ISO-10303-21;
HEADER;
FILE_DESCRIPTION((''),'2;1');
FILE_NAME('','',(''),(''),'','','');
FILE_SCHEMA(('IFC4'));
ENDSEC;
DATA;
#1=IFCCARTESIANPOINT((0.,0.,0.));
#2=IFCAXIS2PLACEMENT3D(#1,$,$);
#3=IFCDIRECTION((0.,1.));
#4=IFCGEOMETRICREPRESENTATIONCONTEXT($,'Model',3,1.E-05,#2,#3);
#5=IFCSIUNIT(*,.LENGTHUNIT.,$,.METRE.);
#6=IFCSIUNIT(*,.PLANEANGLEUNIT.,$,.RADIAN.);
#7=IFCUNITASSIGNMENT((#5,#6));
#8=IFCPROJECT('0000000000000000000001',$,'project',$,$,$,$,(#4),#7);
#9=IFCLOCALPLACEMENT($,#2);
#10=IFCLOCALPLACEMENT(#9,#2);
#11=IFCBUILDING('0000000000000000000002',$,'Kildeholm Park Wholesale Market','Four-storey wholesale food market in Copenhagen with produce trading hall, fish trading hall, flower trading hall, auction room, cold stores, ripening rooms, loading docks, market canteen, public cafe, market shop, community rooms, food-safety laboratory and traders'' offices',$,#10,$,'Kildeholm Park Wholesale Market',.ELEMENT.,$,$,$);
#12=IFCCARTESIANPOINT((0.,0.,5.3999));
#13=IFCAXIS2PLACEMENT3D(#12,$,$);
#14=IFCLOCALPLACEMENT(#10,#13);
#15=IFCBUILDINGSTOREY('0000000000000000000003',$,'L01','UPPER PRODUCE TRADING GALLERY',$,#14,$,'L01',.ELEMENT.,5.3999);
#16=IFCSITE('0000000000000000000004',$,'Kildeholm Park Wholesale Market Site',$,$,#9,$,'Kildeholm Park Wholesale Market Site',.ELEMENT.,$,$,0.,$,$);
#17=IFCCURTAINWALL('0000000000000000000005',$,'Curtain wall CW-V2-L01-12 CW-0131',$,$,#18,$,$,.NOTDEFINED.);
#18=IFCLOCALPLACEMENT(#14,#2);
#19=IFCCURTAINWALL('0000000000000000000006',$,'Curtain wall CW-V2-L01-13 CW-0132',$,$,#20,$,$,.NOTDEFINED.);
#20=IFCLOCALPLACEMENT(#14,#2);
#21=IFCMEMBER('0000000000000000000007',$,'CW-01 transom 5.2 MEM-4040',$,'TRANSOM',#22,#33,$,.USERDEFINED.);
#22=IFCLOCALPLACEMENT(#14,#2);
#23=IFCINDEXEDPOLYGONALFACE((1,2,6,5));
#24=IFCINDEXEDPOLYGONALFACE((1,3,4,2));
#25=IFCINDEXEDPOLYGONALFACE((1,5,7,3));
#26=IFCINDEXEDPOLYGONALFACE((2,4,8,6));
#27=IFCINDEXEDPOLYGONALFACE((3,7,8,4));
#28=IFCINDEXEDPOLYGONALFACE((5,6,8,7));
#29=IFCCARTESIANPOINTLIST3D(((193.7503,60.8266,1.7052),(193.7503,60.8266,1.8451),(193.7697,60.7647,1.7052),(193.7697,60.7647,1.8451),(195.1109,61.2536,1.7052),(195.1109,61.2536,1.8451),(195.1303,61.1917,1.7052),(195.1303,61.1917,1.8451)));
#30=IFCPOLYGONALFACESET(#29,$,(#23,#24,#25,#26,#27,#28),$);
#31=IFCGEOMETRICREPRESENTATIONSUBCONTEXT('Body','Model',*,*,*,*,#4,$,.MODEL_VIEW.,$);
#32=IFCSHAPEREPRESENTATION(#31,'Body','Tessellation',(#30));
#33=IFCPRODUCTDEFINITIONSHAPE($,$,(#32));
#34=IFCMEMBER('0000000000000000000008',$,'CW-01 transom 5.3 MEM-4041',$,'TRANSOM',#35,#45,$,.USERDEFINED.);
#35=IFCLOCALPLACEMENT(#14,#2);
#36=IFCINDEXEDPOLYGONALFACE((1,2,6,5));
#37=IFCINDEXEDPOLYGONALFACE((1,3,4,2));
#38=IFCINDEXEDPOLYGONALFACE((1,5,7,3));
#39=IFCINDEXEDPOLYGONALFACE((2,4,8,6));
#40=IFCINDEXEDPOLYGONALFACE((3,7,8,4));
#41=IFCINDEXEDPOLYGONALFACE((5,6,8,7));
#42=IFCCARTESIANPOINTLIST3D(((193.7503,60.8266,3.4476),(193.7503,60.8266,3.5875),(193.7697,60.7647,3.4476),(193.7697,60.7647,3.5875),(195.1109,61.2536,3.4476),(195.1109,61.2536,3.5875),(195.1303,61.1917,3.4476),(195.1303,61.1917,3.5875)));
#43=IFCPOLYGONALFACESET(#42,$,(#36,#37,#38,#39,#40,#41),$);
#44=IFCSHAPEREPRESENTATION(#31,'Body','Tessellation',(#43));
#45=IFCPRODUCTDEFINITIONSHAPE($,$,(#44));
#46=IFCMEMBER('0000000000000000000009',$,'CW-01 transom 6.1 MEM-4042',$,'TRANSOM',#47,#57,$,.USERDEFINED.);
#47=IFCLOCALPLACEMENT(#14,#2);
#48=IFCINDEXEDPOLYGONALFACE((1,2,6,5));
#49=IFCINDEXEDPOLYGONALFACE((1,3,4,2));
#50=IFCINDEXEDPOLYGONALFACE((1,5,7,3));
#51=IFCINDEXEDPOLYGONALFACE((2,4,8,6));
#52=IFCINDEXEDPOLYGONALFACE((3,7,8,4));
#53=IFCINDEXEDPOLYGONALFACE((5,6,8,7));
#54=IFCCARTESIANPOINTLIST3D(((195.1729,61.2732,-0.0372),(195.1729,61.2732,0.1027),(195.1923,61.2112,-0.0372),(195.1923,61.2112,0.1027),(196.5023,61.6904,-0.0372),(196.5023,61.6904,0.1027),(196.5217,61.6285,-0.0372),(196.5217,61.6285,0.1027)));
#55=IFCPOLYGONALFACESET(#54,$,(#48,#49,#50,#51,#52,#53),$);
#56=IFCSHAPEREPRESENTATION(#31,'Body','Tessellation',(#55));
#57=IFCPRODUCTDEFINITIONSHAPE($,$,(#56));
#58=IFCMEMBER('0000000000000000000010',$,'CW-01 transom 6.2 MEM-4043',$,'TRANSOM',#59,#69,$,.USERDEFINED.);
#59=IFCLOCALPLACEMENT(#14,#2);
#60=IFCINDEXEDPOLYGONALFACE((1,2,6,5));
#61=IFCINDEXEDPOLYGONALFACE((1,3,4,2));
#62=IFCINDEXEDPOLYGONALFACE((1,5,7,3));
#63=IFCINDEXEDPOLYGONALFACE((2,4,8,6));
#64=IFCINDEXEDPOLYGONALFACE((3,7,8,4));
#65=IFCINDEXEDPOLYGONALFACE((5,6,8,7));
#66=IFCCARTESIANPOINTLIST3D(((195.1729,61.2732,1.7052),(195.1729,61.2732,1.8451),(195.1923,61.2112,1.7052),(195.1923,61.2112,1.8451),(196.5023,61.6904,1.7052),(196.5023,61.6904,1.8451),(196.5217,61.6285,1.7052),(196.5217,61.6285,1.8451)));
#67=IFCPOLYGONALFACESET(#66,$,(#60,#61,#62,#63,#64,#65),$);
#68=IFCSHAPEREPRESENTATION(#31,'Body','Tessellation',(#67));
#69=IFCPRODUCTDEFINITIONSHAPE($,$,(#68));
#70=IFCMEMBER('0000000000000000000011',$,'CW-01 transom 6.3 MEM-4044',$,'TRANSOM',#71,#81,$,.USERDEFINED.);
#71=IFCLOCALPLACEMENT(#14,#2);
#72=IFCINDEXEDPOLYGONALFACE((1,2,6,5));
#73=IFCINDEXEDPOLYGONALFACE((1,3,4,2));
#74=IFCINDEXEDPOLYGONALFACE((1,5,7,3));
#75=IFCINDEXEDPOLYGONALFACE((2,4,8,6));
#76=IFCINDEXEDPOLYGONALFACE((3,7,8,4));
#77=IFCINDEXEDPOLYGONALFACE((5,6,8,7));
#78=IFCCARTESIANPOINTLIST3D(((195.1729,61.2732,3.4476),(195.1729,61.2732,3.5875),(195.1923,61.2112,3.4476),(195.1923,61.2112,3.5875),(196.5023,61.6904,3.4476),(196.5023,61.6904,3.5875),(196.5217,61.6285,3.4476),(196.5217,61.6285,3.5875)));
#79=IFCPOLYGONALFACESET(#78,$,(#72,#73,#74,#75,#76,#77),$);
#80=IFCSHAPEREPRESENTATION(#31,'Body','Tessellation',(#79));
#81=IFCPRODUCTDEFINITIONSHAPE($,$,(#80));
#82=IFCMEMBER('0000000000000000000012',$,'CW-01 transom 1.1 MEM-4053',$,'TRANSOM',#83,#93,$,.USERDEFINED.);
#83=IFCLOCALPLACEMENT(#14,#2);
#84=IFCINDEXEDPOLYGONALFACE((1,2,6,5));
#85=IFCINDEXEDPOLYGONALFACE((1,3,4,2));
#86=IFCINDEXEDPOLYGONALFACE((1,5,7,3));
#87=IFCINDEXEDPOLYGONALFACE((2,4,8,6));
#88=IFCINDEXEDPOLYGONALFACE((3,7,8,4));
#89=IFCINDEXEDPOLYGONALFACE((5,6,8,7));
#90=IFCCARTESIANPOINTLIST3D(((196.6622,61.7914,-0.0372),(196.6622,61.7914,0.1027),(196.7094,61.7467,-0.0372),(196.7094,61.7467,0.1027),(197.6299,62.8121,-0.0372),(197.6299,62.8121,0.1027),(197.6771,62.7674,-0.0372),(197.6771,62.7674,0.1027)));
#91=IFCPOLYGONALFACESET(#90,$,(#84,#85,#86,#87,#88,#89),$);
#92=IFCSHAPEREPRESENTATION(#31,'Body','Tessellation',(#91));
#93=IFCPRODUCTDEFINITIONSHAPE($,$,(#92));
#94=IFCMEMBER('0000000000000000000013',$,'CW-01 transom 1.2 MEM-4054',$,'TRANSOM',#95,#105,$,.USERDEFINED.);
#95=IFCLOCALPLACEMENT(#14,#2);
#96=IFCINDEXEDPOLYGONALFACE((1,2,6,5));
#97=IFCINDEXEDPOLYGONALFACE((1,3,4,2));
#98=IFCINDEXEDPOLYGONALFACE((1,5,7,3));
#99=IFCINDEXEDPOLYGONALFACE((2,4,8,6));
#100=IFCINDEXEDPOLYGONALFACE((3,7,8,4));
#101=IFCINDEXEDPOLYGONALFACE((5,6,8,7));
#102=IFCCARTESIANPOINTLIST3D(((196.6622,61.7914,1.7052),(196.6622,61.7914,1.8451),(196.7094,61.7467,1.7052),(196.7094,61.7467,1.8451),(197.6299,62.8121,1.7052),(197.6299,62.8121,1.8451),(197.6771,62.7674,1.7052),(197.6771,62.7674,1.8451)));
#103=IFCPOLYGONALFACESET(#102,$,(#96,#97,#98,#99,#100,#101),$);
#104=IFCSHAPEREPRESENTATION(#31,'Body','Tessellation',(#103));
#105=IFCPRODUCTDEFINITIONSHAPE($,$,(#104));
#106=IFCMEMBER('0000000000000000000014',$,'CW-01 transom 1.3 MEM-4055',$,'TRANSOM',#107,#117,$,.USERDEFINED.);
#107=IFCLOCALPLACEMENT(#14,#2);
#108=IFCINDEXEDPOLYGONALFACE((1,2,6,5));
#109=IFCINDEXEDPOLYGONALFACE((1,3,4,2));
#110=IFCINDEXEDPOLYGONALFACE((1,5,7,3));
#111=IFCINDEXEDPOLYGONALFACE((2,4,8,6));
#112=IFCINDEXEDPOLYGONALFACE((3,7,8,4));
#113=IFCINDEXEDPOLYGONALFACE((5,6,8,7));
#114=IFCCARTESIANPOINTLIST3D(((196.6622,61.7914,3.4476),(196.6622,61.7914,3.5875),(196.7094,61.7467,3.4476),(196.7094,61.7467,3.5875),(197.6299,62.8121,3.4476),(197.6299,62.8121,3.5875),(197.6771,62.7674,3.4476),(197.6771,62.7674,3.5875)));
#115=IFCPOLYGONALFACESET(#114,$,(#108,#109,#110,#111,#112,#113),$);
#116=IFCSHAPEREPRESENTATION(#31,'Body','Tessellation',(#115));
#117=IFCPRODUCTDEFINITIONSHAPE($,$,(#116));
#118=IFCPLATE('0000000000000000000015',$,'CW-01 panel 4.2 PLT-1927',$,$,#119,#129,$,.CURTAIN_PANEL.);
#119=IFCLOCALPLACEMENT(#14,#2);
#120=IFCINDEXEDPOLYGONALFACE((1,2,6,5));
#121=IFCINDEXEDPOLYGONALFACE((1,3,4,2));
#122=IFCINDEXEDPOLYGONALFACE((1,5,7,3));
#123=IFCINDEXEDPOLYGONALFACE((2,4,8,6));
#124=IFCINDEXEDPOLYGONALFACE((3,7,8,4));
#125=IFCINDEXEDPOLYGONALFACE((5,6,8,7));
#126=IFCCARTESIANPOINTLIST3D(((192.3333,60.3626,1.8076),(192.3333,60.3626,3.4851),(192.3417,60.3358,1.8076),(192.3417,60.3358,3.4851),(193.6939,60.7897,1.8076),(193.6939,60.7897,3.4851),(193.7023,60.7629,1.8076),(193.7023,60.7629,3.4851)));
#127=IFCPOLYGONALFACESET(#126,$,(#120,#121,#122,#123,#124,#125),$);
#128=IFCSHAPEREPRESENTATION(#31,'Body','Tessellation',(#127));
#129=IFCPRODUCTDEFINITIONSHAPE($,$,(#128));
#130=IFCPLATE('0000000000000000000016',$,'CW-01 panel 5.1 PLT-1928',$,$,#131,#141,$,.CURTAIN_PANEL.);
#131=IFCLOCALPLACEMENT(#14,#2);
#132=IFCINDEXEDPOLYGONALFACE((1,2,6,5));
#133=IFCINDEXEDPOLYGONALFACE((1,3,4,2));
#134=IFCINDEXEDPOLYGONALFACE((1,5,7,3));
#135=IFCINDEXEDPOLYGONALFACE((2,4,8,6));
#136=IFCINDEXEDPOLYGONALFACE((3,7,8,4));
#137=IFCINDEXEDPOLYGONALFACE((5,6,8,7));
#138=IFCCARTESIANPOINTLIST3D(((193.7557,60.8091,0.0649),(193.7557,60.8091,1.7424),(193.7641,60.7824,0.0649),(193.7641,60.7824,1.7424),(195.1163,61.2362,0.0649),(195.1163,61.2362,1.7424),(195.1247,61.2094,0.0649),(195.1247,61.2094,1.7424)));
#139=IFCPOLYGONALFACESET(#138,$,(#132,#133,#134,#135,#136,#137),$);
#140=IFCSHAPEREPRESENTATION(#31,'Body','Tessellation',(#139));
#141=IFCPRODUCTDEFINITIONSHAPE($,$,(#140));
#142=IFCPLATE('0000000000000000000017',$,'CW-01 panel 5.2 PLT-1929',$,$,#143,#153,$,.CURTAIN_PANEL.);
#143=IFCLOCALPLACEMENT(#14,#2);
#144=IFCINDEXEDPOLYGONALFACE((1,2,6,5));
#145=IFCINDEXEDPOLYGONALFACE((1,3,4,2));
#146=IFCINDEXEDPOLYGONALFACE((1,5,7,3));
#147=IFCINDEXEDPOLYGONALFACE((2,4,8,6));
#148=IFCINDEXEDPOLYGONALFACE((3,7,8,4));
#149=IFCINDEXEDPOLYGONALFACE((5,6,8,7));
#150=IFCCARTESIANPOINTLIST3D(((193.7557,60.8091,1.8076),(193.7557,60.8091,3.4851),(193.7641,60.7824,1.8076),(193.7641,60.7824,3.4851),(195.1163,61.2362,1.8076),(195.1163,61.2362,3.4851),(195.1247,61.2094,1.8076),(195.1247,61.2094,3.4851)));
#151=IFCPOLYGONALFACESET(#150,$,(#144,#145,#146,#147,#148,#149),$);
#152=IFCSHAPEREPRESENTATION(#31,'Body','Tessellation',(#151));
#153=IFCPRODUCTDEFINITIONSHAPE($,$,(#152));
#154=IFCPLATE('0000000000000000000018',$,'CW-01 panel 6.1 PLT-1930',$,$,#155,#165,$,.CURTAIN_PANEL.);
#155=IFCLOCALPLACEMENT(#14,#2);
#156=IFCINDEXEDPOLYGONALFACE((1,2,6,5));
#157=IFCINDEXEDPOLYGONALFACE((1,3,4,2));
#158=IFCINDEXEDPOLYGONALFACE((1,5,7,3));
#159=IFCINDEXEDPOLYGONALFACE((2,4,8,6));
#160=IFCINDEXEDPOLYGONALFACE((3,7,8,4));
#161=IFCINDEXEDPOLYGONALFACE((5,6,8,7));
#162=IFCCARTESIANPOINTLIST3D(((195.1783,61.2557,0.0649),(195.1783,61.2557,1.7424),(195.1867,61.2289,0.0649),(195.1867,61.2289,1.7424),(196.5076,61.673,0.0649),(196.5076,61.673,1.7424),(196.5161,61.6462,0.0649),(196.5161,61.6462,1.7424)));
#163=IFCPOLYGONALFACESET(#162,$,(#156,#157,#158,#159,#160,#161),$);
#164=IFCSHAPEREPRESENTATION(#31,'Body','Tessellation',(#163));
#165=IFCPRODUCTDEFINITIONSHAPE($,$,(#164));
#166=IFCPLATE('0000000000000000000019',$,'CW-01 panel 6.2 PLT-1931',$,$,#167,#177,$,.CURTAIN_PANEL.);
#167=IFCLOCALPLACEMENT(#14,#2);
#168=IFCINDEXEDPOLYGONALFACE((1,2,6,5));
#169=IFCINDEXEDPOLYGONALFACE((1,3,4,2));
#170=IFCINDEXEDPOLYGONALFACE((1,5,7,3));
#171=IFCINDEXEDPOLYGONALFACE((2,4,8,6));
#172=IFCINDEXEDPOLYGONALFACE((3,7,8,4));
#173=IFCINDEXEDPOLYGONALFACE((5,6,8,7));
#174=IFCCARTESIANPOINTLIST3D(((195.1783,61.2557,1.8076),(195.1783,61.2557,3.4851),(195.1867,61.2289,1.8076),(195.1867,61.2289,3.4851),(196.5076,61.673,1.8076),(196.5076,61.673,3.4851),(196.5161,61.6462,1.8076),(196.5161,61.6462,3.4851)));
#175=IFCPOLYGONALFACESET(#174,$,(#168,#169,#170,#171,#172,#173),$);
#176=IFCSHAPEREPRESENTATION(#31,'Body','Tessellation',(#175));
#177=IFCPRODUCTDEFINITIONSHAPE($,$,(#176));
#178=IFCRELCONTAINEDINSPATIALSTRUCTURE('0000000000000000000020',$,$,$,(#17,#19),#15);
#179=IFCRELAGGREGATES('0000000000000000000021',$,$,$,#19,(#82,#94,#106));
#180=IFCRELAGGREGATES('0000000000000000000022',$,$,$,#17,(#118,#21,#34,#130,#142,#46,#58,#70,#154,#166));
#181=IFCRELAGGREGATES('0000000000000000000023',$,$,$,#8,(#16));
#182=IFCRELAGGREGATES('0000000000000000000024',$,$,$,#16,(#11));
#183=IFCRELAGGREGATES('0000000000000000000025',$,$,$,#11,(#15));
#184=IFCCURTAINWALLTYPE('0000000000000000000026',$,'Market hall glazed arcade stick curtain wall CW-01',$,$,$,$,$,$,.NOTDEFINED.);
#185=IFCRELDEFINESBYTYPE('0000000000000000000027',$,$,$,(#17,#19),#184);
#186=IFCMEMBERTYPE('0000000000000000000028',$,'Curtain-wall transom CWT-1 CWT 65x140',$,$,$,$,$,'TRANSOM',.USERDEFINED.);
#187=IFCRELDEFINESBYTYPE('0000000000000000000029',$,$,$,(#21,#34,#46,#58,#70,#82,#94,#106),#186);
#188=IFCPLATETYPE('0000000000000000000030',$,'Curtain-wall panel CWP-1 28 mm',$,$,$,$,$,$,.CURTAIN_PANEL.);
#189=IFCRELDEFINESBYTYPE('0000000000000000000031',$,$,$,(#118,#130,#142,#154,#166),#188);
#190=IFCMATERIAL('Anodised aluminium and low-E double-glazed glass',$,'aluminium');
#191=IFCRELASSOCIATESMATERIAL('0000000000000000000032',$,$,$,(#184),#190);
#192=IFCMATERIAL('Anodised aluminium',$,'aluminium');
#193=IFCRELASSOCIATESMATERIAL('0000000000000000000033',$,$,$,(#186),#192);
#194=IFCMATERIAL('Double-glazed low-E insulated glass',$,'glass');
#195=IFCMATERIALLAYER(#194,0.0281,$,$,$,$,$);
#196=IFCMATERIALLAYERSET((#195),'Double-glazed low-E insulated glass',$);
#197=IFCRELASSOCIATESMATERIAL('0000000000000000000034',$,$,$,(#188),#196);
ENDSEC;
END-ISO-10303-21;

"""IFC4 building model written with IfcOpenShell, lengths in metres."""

from ifc_helpers import new_model, si_unit, direction, frame, origin, origin_2d, place, context, subcontext, project, spatial, rectangle, extrude, material, layer, layer_set, material_profile, profile_set, type_object, element, aggregate, save


model = new_model("IFC4")

# Units and contexts
model_context = context("Model", 3, precision=1e-05, world=origin(), true_north=direction((0.0, 1.0)))
body_context = subcontext(model_context, "Body", "Model", "MODEL_VIEW")
ifc_project = project(units=[si_unit("LENGTHUNIT", "METRE"), si_unit("PLANEANGLEUNIT", "RADIAN")], contexts=[model_context])

# Site, building, storey
site_placement = place(None, origin())
site = spatial("IfcSite", under=ifc_project, at=site_placement, Name="Kildeholm Park Wholesale Market Site", LongName="Kildeholm Park Wholesale Market Site", CompositionType="ELEMENT", RefElevation=0.0)
building_placement = place(site_placement, origin())
building = spatial("IfcBuilding", under=site, at=building_placement, Name="Kildeholm Park Wholesale Market", Description="Four-storey wholesale food market in Copenhagen with produce trading hall, fish trading hall, flower trading hall, auction room, cold stores, ripening rooms, loading docks, market canteen, public cafe, market shop, community rooms, food-safety laboratory and traders' offices", LongName="Kildeholm Park Wholesale Market", CompositionType="ELEMENT")
storey_placement = place(building_placement, frame((0.0, 0.0, 5.3999)))
storey = spatial("IfcBuildingStorey", under=building, at=storey_placement, Name="L01", Description="UPPER PRODUCE TRADING GALLERY", LongName="L01", CompositionType="ELEMENT", Elevation=5.3999)

# Curtain wall
ifc_material_1 = material(Name="Anodised aluminium and low-E double-glazed glass", Category="aluminium")
curtain_wall_type = type_object("IfcCurtainWallType", Name="Market hall glazed arcade stick curtain wall CW-01", PredefinedType="NOTDEFINED", material=ifc_material_1)
curtain_wall_1_placement = place(storey_placement, origin())
curtain_wall_1 = element("IfcCurtainWall", 1, at=curtain_wall_1_placement, inside=storey, type_object=curtain_wall_type, Name="Curtain wall CW-V2-L01-12 CW-0131", PredefinedType="NOTDEFINED")
ifc_material_2 = material(Name="Anodised aluminium", Category="aluminium")

# Curtain wall
curtain_wall_2_placement = place(storey_placement, origin())
curtain_wall_2 = element("IfcCurtainWall", 2, at=curtain_wall_2_placement, inside=storey, type_object=curtain_wall_type, Name="Curtain wall CW-V2-L01-13 CW-0132", PredefinedType="NOTDEFINED")

# Members
ifc_material_profile_1 = material_profile(ifc_material_2, rectangle(XDim=0.0649, YDim=0.1399, at=origin_2d()), Name="CWT 65x140")
ifc_profile_set_1 = profile_set([ifc_material_profile_1], Name="Anodised aluminium")
member_type_1 = type_object("IfcMemberType", Name="Curtain-wall transom CWT-1 CWT 65x140", ElementType="TRANSOM", PredefinedType="USERDEFINED", material=ifc_profile_set_1)
member_1_placement = place(storey_placement, frame((193.76, 60.7957, 1.7751), z_axis=(0.954117, 0.299435, 0.0), x_axis=(-0.299435, 0.954117, 0.0)))
member_1 = element("IfcMember", 3, at=member_1_placement, type_object=member_type_1, Name="CW-01 transom 5.2 MEM-4040", ObjectType="TRANSOM", PredefinedType="USERDEFINED", context=body_context, shape_type="SweptSolid", body=[
    extrude(rectangle(XDim=0.0649, YDim=0.1399, at=origin_2d()), origin(), (0.0, 0.0, 1.0), 1.426),
])
member_2_placement = place(storey_placement, frame((193.76, 60.7957, 3.5176), z_axis=(0.954117, 0.299435, 0.0), x_axis=(-0.299435, 0.954117, 0.0)))
member_2 = element("IfcMember", 4, at=member_2_placement, type_object=member_type_1, Name="CW-01 transom 5.3 MEM-4041", ObjectType="TRANSOM", PredefinedType="USERDEFINED", context=body_context, shape_type="SweptSolid", body=[
    extrude(rectangle(XDim=0.0649, YDim=0.1399, at=origin_2d()), origin(), (0.0, 0.0, 1.0), 1.426),
])
member_3_placement = place(storey_placement, frame((195.1826, 61.2422, 0.0327), z_axis=(0.954108, 0.299462, 0.0), x_axis=(-0.299462, 0.954108, 0.0)))
member_3 = element("IfcMember", 5, at=member_3_placement, type_object=member_type_1, Name="CW-01 transom 6.1 MEM-4042", ObjectType="TRANSOM", PredefinedType="USERDEFINED", context=body_context, shape_type="SweptSolid", body=[
    extrude(rectangle(XDim=0.0649, YDim=0.1399, at=origin_2d()), origin(), (0.0, 0.0, 1.0), 1.3933),
])
member_4_placement = place(storey_placement, frame((195.1826, 61.2422, 1.7751), z_axis=(0.954108, 0.299462, 0.0), x_axis=(-0.299462, 0.954108, 0.0)))
member_4 = element("IfcMember", 6, at=member_4_placement, type_object=member_type_1, Name="CW-01 transom 6.2 MEM-4043", ObjectType="TRANSOM", PredefinedType="USERDEFINED", context=body_context, shape_type="SweptSolid", body=[
    extrude(rectangle(XDim=0.0649, YDim=0.1399, at=origin_2d()), origin(), (0.0, 0.0, 1.0), 1.3933),
])
member_5_placement = place(storey_placement, frame((195.1826, 61.2422, 3.5176), z_axis=(0.954108, 0.299462, 0.0), x_axis=(-0.299462, 0.954108, 0.0)))
member_5 = element("IfcMember", 7, at=member_5_placement, type_object=member_type_1, Name="CW-01 transom 6.3 MEM-4044", ObjectType="TRANSOM", PredefinedType="USERDEFINED", context=body_context, shape_type="SweptSolid", body=[
    extrude(rectangle(XDim=0.0649, YDim=0.1399, at=origin_2d()), origin(), (0.0, 0.0, 1.0), 1.3933),
])
member_6_placement = place(storey_placement, frame((196.6858, 61.769, 0.0327), z_axis=(0.688024, 0.725688, 0.0), x_axis=(-0.725688, 0.688024, 0.0)))
member_6 = element("IfcMember", 8, at=member_6_placement, type_object=member_type_1, Name="CW-01 transom 1.1 MEM-4053", ObjectType="TRANSOM", PredefinedType="USERDEFINED", context=body_context, shape_type="SweptSolid", body=[
    extrude(rectangle(XDim=0.0649, YDim=0.1399, at=origin_2d()), origin(), (0.0, 0.0, 1.0), 1.4065),
])
member_7_placement = place(storey_placement, frame((196.6858, 61.769, 1.7751), z_axis=(0.688024, 0.725688, 0.0), x_axis=(-0.725688, 0.688024, 0.0)))
member_7 = element("IfcMember", 9, at=member_7_placement, type_object=member_type_1, Name="CW-01 transom 1.2 MEM-4054", ObjectType="TRANSOM", PredefinedType="USERDEFINED", context=body_context, shape_type="SweptSolid", body=[
    extrude(rectangle(XDim=0.0649, YDim=0.1399, at=origin_2d()), origin(), (0.0, 0.0, 1.0), 1.4065),
])
member_8_placement = place(storey_placement, frame((196.6858, 61.769, 3.5176), z_axis=(0.688024, 0.725688, 0.0), x_axis=(-0.725688, 0.688024, 0.0)))
member_8 = element("IfcMember", 10, at=member_8_placement, type_object=member_type_1, Name="CW-01 transom 1.3 MEM-4055", ObjectType="TRANSOM", PredefinedType="USERDEFINED", context=body_context, shape_type="SweptSolid", body=[
    extrude(rectangle(XDim=0.0649, YDim=0.1399, at=origin_2d()), origin(), (0.0, 0.0, 1.0), 1.4065),
])
aggregate(curtain_wall_2, [member_6, member_7, member_8])

# Plates
ifc_material_3 = material(Name="Double-glazed low-E insulated glass", Category="glass")
ifc_layer = layer(ifc_material_3, 0.0281)
ifc_layer_set = layer_set([ifc_layer], Name="Double-glazed low-E insulated glass")
plate_type = type_object("IfcPlateType", Name="Curtain-wall panel CWP-1 28 mm", PredefinedType="CURTAIN_PANEL", material=ifc_layer_set)
plate_1_placement = place(storey_placement, frame((193.0178, 60.5627, 1.8076), z_axis=(0.0, 0.0, 1.0), x_axis=(0.954103, 0.299478, 0.0)))
plate_1 = element("IfcPlate", 11, at=plate_1_placement, type_object=plate_type, Name="CW-01 panel 4.2 PLT-1927", PredefinedType="CURTAIN_PANEL", context=body_context, shape_type="SweptSolid", body=[
    extrude(rectangle(XDim=1.426, YDim=0.0281, at=origin_2d()), origin(), (0.0, 0.0, 1.0), 1.6775),
])
plate_2_placement = place(storey_placement, frame((194.4402, 61.0093, 0.0649), z_axis=(0.0, 0.0, 1.0), x_axis=(0.954103, 0.299478, 0.0)))
plate_2 = element("IfcPlate", 12, at=plate_2_placement, type_object=plate_type, Name="CW-01 panel 5.1 PLT-1928", PredefinedType="CURTAIN_PANEL", context=body_context, shape_type="SweptSolid", body=[
    extrude(rectangle(XDim=1.426, YDim=0.0281, at=origin_2d()), origin(), (0.0, 0.0, 1.0), 1.6775),
])
plate_3_placement = place(storey_placement, frame((194.4402, 61.0093, 1.8076), z_axis=(0.0, 0.0, 1.0), x_axis=(0.954103, 0.299478, 0.0)))
plate_3 = element("IfcPlate", 13, at=plate_3_placement, type_object=plate_type, Name="CW-01 panel 5.2 PLT-1929", PredefinedType="CURTAIN_PANEL", context=body_context, shape_type="SweptSolid", body=[
    extrude(rectangle(XDim=1.426, YDim=0.0281, at=origin_2d()), origin(), (0.0, 0.0, 1.0), 1.6775),
])
plate_4_placement = place(storey_placement, frame((195.8472, 61.4509, 0.0649), z_axis=(0.0, 0.0, 1.0), x_axis=(0.954103, 0.299478, 0.0)))
plate_4 = element("IfcPlate", 14, at=plate_4_placement, type_object=plate_type, Name="CW-01 panel 6.1 PLT-1930", PredefinedType="CURTAIN_PANEL", context=body_context, shape_type="SweptSolid", body=[
    extrude(rectangle(XDim=1.3933, YDim=0.0281, at=origin_2d()), origin(), (0.0, 0.0, 1.0), 1.6775),
])
plate_5_placement = place(storey_placement, frame((195.8472, 61.4509, 1.8076), z_axis=(0.0, 0.0, 1.0), x_axis=(0.954103, 0.299478, 0.0)))
plate_5 = element("IfcPlate", 15, at=plate_5_placement, type_object=plate_type, Name="CW-01 panel 6.2 PLT-1931", PredefinedType="CURTAIN_PANEL", context=body_context, shape_type="SweptSolid", body=[
    extrude(rectangle(XDim=1.3933, YDim=0.0281, at=origin_2d()), origin(), (0.0, 0.0, 1.0), 1.6775),
])
aggregate(curtain_wall_1, [plate_1, member_1, member_2, plate_2, plate_3, member_3, member_4, member_5, plate_4, plate_5])

save(model, "model.ifc")
